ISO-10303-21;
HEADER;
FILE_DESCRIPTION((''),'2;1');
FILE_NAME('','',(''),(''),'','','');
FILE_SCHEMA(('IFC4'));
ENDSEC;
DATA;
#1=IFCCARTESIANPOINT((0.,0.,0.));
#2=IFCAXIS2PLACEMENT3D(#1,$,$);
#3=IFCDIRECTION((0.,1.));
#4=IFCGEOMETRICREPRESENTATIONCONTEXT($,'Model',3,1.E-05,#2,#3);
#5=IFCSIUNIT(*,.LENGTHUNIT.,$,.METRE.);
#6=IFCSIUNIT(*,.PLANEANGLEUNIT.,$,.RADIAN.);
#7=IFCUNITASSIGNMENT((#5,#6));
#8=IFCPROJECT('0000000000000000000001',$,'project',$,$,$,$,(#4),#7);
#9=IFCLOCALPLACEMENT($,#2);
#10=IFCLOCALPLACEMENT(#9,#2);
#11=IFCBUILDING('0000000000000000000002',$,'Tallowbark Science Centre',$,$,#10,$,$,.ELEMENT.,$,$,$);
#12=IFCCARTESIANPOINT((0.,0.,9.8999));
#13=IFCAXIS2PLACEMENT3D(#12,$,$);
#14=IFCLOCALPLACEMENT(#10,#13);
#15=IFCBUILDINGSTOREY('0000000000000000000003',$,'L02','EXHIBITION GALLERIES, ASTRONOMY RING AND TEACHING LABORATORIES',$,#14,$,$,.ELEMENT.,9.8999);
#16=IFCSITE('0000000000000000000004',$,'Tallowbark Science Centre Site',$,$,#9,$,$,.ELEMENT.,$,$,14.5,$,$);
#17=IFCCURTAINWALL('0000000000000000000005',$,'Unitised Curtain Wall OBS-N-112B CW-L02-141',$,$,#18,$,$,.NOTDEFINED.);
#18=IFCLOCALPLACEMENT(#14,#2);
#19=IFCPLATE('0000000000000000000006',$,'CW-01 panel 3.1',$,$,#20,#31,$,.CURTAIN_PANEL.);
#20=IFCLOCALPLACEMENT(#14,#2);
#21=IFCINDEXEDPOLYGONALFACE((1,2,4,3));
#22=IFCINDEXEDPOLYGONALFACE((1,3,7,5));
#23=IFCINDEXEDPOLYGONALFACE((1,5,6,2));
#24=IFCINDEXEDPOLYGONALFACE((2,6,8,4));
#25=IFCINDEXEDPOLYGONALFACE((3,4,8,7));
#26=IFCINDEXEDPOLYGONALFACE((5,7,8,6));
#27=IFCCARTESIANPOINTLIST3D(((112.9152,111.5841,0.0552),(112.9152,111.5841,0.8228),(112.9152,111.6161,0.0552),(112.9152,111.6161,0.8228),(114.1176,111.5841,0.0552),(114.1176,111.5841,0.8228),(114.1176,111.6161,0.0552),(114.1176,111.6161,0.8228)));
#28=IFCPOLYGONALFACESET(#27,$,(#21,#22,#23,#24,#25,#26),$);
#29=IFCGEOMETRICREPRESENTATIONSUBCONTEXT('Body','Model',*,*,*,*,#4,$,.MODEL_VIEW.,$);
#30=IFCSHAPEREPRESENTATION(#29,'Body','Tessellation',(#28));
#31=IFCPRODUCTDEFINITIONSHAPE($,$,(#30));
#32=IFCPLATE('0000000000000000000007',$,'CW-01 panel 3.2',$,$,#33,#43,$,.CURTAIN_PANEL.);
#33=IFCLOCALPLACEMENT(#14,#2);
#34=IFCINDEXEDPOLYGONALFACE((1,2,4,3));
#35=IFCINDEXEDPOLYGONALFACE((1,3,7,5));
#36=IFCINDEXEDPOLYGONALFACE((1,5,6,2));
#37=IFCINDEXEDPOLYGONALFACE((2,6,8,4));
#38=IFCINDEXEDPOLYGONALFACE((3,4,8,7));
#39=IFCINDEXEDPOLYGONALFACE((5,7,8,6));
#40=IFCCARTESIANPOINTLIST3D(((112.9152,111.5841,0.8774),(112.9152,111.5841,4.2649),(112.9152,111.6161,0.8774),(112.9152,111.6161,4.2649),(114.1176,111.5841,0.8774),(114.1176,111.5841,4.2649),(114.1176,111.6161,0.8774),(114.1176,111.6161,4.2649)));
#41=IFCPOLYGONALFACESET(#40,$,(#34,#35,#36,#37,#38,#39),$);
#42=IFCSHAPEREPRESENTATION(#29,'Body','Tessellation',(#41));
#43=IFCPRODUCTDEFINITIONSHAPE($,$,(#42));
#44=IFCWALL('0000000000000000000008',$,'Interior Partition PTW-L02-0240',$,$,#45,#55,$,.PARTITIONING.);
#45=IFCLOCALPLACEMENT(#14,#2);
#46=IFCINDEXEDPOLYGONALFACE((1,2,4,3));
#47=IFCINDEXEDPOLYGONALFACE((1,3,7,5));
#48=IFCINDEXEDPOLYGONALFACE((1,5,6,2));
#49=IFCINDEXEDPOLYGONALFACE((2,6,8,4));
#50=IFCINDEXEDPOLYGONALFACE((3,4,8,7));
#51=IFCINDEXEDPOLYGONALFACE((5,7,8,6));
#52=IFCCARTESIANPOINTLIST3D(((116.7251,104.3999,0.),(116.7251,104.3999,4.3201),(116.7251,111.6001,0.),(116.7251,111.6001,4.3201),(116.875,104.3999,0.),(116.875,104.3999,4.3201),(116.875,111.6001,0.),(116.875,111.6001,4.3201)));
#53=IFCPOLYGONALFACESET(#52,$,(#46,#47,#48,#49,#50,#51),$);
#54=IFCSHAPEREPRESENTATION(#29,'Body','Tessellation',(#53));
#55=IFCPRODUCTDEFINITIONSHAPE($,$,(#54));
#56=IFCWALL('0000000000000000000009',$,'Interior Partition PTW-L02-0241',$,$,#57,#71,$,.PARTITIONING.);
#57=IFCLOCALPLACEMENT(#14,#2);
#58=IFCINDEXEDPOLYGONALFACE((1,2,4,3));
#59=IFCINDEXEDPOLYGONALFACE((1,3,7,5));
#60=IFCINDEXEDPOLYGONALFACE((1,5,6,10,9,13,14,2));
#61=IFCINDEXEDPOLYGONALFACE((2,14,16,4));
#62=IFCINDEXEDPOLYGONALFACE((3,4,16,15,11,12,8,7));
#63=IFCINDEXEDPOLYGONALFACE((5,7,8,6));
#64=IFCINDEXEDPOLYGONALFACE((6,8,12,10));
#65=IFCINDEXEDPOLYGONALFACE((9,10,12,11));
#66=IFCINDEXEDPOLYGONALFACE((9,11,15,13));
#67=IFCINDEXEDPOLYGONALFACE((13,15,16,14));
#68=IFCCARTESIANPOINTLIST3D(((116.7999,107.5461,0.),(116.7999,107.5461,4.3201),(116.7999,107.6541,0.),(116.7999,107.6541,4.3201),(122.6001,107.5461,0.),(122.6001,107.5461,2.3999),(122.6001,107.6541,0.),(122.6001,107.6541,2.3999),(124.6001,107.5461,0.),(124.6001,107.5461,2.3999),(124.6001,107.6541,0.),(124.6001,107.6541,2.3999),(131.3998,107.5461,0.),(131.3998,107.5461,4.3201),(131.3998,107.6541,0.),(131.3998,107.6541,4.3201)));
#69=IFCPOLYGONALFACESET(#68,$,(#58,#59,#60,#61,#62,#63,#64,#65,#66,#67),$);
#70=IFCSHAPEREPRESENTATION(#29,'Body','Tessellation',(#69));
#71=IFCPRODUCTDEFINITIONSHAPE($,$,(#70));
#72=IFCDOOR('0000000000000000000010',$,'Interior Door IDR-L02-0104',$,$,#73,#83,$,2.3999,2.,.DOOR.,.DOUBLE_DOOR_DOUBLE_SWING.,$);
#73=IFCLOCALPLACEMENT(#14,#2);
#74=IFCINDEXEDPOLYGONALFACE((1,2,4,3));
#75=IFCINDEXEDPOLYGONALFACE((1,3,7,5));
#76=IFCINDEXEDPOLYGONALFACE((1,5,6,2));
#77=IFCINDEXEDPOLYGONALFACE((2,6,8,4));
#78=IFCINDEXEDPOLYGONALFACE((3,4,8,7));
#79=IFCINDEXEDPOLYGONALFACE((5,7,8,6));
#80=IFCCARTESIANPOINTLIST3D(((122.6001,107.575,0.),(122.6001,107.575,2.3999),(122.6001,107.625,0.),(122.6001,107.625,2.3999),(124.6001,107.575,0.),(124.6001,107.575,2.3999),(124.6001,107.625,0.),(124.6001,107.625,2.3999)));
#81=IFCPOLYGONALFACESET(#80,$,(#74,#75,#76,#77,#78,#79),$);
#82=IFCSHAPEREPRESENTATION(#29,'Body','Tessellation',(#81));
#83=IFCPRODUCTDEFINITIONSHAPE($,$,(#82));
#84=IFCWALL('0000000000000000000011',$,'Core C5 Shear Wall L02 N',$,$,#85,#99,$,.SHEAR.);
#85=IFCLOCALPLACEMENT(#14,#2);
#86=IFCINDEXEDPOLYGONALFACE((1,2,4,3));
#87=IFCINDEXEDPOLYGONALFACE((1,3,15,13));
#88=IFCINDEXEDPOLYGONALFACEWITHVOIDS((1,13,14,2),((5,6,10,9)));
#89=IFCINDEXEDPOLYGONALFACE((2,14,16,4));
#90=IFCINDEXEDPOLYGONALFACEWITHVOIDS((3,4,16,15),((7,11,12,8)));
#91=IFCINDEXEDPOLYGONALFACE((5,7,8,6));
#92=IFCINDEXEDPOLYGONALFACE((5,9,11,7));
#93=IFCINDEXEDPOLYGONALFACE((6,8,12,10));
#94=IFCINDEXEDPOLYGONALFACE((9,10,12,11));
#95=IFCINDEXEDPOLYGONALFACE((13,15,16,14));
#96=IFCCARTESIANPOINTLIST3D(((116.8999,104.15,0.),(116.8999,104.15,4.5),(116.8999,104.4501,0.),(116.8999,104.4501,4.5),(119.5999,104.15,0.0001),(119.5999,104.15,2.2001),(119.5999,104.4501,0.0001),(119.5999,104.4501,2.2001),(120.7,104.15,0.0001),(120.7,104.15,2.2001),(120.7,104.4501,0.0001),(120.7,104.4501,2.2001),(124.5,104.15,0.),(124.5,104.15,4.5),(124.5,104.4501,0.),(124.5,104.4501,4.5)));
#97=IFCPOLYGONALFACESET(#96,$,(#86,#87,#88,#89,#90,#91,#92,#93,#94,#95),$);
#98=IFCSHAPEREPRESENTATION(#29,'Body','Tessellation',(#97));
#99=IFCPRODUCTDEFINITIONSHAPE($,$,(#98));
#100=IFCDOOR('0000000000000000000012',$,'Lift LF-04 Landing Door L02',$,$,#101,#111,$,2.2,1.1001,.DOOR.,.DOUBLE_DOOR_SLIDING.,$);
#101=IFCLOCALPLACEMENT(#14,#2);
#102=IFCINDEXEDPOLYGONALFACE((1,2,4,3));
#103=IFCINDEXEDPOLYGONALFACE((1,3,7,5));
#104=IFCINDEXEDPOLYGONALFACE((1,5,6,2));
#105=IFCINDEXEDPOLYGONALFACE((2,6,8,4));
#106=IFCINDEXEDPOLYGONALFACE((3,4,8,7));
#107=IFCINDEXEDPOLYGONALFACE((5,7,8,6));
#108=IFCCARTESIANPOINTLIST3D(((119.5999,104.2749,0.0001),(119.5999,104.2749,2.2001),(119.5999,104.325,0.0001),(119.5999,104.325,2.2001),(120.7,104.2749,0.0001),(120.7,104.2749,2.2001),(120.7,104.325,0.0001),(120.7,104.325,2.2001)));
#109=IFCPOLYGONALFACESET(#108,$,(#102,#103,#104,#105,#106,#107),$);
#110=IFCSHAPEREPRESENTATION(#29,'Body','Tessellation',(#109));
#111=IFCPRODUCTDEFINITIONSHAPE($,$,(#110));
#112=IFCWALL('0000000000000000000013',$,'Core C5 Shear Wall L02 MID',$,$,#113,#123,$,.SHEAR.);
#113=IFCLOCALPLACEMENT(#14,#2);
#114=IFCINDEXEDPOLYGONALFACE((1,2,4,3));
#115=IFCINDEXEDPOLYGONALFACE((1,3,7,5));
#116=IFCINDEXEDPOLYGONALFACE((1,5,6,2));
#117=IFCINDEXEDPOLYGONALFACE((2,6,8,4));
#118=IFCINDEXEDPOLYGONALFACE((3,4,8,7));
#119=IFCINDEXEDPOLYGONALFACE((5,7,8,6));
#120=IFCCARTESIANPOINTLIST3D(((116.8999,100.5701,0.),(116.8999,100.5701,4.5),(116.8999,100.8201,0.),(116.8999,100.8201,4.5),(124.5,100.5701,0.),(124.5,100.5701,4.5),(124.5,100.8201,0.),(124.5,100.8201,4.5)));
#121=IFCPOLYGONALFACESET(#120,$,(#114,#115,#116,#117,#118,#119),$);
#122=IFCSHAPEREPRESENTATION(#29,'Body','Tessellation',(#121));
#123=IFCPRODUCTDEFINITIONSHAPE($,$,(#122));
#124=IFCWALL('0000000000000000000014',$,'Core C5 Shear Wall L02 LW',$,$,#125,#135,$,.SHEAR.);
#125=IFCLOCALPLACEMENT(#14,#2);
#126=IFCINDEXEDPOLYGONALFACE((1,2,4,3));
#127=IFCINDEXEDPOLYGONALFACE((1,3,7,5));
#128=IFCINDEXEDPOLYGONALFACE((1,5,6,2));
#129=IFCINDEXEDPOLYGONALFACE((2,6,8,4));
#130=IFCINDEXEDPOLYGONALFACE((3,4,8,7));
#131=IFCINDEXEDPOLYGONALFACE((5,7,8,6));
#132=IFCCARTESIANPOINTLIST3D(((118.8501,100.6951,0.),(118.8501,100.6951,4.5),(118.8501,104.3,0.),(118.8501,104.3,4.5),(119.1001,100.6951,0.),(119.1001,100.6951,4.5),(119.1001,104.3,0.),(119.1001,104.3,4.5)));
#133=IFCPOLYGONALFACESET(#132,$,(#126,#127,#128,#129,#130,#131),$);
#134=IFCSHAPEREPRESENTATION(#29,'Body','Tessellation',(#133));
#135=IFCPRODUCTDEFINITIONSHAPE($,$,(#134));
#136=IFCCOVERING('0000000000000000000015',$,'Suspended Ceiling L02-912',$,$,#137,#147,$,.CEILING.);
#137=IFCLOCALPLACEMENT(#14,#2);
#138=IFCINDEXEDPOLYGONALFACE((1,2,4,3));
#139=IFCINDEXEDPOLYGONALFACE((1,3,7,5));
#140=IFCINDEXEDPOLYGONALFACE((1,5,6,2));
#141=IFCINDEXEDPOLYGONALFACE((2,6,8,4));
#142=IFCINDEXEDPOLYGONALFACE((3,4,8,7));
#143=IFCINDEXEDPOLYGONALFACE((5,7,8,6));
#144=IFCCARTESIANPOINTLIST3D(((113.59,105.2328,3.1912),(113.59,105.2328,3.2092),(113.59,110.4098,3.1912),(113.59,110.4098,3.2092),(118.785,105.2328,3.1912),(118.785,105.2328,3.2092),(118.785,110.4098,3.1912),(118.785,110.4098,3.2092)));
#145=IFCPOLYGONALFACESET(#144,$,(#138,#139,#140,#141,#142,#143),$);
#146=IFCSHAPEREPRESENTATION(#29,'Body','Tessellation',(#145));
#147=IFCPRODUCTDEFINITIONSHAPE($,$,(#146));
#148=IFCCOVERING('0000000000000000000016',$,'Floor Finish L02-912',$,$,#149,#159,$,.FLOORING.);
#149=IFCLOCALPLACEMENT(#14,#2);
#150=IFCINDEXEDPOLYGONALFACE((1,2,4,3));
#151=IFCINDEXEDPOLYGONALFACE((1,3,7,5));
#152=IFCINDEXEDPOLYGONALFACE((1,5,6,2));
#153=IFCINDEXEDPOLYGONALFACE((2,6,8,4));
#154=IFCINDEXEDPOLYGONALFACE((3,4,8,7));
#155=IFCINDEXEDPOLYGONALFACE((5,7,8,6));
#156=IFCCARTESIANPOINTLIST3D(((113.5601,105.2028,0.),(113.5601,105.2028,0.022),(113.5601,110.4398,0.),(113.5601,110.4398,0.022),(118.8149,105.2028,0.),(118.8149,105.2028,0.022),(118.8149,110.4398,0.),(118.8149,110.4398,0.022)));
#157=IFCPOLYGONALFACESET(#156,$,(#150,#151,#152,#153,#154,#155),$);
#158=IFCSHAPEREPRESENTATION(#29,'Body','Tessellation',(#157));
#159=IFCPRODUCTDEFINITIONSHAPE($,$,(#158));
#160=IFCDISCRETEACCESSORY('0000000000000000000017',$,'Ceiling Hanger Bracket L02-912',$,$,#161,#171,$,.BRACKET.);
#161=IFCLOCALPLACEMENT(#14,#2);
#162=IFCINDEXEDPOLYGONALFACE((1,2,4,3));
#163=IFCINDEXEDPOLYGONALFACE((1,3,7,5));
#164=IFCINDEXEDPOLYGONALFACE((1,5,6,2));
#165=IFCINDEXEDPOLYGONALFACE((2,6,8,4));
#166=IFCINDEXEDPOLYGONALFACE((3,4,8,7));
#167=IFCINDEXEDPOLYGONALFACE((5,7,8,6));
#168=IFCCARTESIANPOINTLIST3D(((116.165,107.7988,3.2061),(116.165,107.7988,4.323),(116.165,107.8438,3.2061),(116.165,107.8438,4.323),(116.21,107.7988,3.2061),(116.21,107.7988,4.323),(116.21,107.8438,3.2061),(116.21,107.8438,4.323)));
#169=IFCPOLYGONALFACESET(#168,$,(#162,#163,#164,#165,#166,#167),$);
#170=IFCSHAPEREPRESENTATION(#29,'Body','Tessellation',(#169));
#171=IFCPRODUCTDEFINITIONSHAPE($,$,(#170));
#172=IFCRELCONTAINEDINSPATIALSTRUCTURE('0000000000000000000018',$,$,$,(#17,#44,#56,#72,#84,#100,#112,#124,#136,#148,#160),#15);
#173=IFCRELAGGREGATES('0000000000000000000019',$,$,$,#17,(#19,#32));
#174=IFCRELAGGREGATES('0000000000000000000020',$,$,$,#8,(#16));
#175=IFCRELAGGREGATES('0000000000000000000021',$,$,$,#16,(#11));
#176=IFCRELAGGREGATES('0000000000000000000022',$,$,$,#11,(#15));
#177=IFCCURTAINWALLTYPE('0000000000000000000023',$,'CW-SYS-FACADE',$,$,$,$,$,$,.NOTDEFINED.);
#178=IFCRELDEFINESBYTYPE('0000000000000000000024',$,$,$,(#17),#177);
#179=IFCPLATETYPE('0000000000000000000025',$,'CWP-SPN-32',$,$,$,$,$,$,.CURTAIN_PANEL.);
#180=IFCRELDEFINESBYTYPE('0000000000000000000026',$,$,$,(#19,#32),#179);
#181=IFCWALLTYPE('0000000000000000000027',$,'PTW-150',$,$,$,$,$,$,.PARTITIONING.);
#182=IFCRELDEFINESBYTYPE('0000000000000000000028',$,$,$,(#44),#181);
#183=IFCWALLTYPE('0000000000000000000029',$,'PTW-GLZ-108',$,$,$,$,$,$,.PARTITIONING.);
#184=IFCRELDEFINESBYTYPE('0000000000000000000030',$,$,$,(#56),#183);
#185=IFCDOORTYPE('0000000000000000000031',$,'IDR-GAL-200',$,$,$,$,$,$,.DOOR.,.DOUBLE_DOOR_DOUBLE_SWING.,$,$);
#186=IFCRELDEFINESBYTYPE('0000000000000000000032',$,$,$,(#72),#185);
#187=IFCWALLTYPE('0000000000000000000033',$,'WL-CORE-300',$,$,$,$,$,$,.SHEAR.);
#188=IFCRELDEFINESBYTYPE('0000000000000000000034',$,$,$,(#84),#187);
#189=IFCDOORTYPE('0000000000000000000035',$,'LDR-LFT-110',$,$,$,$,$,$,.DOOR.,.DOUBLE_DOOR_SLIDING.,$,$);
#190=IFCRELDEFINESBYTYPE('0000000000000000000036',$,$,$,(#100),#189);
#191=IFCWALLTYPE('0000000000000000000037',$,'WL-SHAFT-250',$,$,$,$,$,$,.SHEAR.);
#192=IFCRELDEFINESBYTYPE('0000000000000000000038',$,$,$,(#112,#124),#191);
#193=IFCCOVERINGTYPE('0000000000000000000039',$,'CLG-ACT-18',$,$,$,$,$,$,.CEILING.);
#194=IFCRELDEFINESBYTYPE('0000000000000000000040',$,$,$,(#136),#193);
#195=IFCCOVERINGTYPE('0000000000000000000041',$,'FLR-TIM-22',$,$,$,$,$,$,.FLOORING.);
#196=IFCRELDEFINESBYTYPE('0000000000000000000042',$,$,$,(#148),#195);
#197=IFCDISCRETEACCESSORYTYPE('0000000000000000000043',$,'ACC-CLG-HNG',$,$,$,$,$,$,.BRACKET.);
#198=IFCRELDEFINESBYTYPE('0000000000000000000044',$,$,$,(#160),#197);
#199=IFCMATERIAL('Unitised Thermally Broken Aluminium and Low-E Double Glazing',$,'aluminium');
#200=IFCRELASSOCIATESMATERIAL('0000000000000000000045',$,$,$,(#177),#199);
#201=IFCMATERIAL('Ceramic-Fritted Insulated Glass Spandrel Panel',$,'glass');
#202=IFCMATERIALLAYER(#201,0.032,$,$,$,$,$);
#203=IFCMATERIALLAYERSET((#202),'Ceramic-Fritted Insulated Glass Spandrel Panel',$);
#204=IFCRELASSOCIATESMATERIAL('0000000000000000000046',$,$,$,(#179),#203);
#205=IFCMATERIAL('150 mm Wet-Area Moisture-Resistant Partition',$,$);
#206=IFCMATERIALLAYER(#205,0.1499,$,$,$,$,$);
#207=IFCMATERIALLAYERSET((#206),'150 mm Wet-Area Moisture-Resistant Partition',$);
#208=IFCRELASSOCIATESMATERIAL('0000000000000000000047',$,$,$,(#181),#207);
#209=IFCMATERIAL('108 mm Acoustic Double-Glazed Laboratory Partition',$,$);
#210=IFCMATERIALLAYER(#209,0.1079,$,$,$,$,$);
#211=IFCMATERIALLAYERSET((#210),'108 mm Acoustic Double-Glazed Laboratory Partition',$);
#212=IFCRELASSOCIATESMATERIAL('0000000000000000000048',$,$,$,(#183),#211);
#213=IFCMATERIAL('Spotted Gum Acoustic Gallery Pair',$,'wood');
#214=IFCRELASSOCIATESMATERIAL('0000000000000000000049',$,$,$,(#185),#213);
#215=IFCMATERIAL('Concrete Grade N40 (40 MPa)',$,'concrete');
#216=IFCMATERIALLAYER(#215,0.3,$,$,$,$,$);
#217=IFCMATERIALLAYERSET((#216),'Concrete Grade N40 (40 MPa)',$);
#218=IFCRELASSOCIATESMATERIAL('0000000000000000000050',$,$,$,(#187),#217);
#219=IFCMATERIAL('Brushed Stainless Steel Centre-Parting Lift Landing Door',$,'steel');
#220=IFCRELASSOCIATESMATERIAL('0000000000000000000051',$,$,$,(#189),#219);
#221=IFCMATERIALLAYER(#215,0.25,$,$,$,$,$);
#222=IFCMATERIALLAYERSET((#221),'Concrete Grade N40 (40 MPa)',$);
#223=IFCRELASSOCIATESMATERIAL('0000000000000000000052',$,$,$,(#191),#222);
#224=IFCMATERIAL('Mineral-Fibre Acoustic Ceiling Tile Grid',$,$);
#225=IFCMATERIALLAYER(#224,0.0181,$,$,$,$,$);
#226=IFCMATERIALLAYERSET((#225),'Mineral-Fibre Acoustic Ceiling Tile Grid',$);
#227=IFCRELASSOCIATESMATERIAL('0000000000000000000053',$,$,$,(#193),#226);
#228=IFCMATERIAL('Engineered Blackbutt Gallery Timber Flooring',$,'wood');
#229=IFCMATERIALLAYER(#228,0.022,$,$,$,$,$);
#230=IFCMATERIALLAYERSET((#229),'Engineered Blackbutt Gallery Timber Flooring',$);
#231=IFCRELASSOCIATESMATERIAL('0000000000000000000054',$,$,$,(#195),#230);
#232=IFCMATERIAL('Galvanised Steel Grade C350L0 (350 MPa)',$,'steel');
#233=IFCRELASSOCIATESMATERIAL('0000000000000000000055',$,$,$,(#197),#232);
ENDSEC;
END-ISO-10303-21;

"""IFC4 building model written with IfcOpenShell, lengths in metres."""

from ifc_helpers import new_model, si_unit, direction, frame, frame_2d, origin, origin_2d, place, context, subcontext, project, spatial, rectangle, extrude, material, layer, layer_set, type_object, element, fill, aggregate, save


model = new_model("IFC4")

# Units and contexts
model_context = context("Model", 3, precision=1e-05, world=origin(), true_north=direction((0.0, 1.0)))
body_context = subcontext(model_context, "Body", "Model", "MODEL_VIEW")
ifc_project = project(units=[si_unit("LENGTHUNIT", "METRE"), si_unit("PLANEANGLEUNIT", "RADIAN")], contexts=[model_context])

# Site, building, storey
site_placement = place(None, origin())
site = spatial("IfcSite", under=ifc_project, at=site_placement, Name="Tallowbark Science Centre Site", CompositionType="ELEMENT", RefElevation=14.5)
building_placement = place(site_placement, origin())
building = spatial("IfcBuilding", under=site, at=building_placement, Name="Tallowbark Science Centre", CompositionType="ELEMENT")
storey_placement = place(building_placement, frame((0.0, 0.0, 9.8999)))
storey = spatial("IfcBuildingStorey", under=building, at=storey_placement, Name="L02", Description="EXHIBITION GALLERIES, ASTRONOMY RING AND TEACHING LABORATORIES", CompositionType="ELEMENT", Elevation=9.8999)

# Curtain wall, plates
ifc_material_1 = material(Name="Unitised Thermally Broken Aluminium and Low-E Double Glazing", Category="aluminium")
curtain_wall_type = type_object("IfcCurtainWallType", Name="CW-SYS-FACADE", PredefinedType="NOTDEFINED", material=ifc_material_1)
curtain_wall_placement = place(storey_placement, origin())
curtain_wall = element("IfcCurtainWall", 1, at=curtain_wall_placement, inside=storey, type_object=curtain_wall_type, Name="Unitised Curtain Wall OBS-N-112B CW-L02-141", PredefinedType="NOTDEFINED")
ifc_material_2 = material(Name="Ceramic-Fritted Insulated Glass Spandrel Panel", Category="glass")
ifc_layer_1 = layer(ifc_material_2, 0.032)
ifc_layer_set_1 = layer_set([ifc_layer_1], Name="Ceramic-Fritted Insulated Glass Spandrel Panel")
plate_type = type_object("IfcPlateType", Name="CWP-SPN-32", PredefinedType="CURTAIN_PANEL", material=ifc_layer_set_1)
plate_1_placement = place(storey_placement, frame((113.5164, 111.6001, 0.0552), z_axis=(0.0, 0.0, 1.0), x_axis=(-1.0, 0.0, 0.0)))
plate_1 = element("IfcPlate", 2, at=plate_1_placement, type_object=plate_type, Name="CW-01 panel 3.1", PredefinedType="CURTAIN_PANEL", context=body_context, shape_type="SweptSolid", body=[
    extrude(rectangle(XDim=1.2024, YDim=0.032, at=origin_2d()), origin(), (0.0, 0.0, 1.0), 0.7676),
])
plate_2_placement = place(storey_placement, frame((113.5164, 111.6001, 0.8774), z_axis=(0.0, 0.0, 1.0), x_axis=(-1.0, 0.0, 0.0)))
plate_2 = element("IfcPlate", 3, at=plate_2_placement, type_object=plate_type, Name="CW-01 panel 3.2", PredefinedType="CURTAIN_PANEL", context=body_context, shape_type="SweptSolid", body=[
    extrude(rectangle(XDim=1.2024, YDim=0.032, at=origin_2d()), origin(), (0.0, 0.0, 1.0), 3.3875),
])
aggregate(curtain_wall, [plate_1, plate_2])

# Wall
ifc_material_3 = material(Name="150 mm Wet-Area Moisture-Resistant Partition")
ifc_layer_2 = layer(ifc_material_3, 0.1499)
ifc_layer_set_2 = layer_set([ifc_layer_2], Name="150 mm Wet-Area Moisture-Resistant Partition")
wall_type_1 = type_object("IfcWallType", Name="PTW-150", PredefinedType="PARTITIONING", material=ifc_layer_set_2)
wall_1_placement = place(storey_placement, frame((116.8, 104.3999, 0.0), z_axis=(0.0, 0.0, 1.0), x_axis=(0.0, 1.0, 0.0)))
element("IfcWall", 4, at=wall_1_placement, inside=storey, type_object=wall_type_1, Name="Interior Partition PTW-L02-0240", PredefinedType="PARTITIONING", context=body_context, shape_type="SweptSolid", body=[
    extrude(rectangle(XDim=7.2002, YDim=0.1499, at=frame_2d((3.6001, 0.0))), origin(), (0.0, 0.0, 1.0), 4.3201),
])

# Walls, openings, doors
ifc_material_4 = material(Name="108 mm Acoustic Double-Glazed Laboratory Partition")
ifc_layer_3 = layer(ifc_material_4, 0.1079)
ifc_layer_set_3 = layer_set([ifc_layer_3], Name="108 mm Acoustic Double-Glazed Laboratory Partition")
wall_type_2 = type_object("IfcWallType", Name="PTW-GLZ-108", PredefinedType="PARTITIONING", material=ifc_layer_set_3)
wall_2_placement = place(storey_placement, frame((116.8, 107.6001, 0.0), z_axis=(0.0, 0.0, 1.0), x_axis=(1.0, 0.0, 0.0)))
wall_2 = element("IfcWall", 5, at=wall_2_placement, inside=storey, type_object=wall_type_2, Name="Interior Partition PTW-L02-0241", PredefinedType="PARTITIONING", context=body_context, shape_type="SweptSolid", body=[
    extrude(rectangle(XDim=14.5999, YDim=0.1079, at=frame_2d((7.2998, 0.0))), origin(), (0.0, 0.0, 1.0), 4.3201),
])
opening_1_placement = place(wall_2_placement, frame((5.8, 0.0, 0.0)))
opening_1 = element("IfcOpeningElement", 6, at=opening_1_placement, cuts=wall_2, PredefinedType="OPENING", context=body_context, shape_type="SweptSolid", body=[
    extrude(rectangle(XDim=2.0, YDim=2.3999, at=frame_2d((1.0, 1.2))), frame((0.0, 0.064, 0.0), z_axis=(0.0, -1.0, 0.0), x_axis=(1.0, 0.0, 0.0)), (0.0, 0.0, 1.0), 0.1279),
])
ifc_material_5 = material(Name="Spotted Gum Acoustic Gallery Pair", Category="wood")
door_type_1 = type_object("IfcDoorType", Name="IDR-GAL-200", OperationType="DOUBLE_DOOR_DOUBLE_SWING", PredefinedType="DOOR", material=ifc_material_5)
door_1_placement = place(opening_1_placement, origin())
door_1 = element("IfcDoor", 7, at=door_1_placement, inside=storey, type_object=door_type_1, Name="Interior Door IDR-L02-0104", OperationType="DOUBLE_DOOR_DOUBLE_SWING", OverallHeight=2.3999, OverallWidth=2.0, PredefinedType="DOOR", context=body_context, shape_type="SweptSolid", body=[
    extrude(rectangle(XDim=2.0, YDim=2.3999, at=frame_2d((1.0, 1.2))), frame((0.0, 0.0249, 0.0), z_axis=(0.0, -1.0, 0.0), x_axis=(1.0, 0.0, 0.0)), (0.0, 0.0, 1.0), 0.05),
])
fill(opening_1, door_1)
ifc_material_6 = material(Name="Concrete Grade N40 (40 MPa)", Category="concrete")
ifc_layer_4 = layer(ifc_material_6, 0.3)
ifc_layer_set_4 = layer_set([ifc_layer_4], Name="Concrete Grade N40 (40 MPa)")
wall_type_3 = type_object("IfcWallType", Name="WL-CORE-300", PredefinedType="SHEAR", material=ifc_layer_set_4)
wall_3_placement = place(storey_placement, frame((116.8999, 104.3, 0.0), z_axis=(0.0, 0.0, 1.0), x_axis=(1.0, 0.0, 0.0)))
wall_3 = element("IfcWall", 8, at=wall_3_placement, inside=storey, type_object=wall_type_3, Name="Core C5 Shear Wall L02 N", PredefinedType="SHEAR", context=body_context, shape_type="SweptSolid", body=[
    extrude(rectangle(XDim=7.6001, YDim=0.3, at=frame_2d((3.8, 0.0))), origin(), (0.0, 0.0, 1.0), 4.5),
])
opening_2_placement = place(wall_3_placement, frame((2.7, 0.0, 0.0)))
opening_2 = element("IfcOpeningElement", 9, at=opening_2_placement, cuts=wall_3, PredefinedType="OPENING", context=body_context, shape_type="SweptSolid", body=[
    extrude(rectangle(XDim=1.1001, YDim=2.2, at=frame_2d((0.55, 1.1001))), frame((0.0, 0.1602, 0.0), z_axis=(0.0, -1.0, 0.0), x_axis=(1.0, 0.0, 0.0)), (0.0, 0.0, 1.0), 0.3201),
])
ifc_material_7 = material(Name="Brushed Stainless Steel Centre-Parting Lift Landing Door", Category="steel")
door_type_2 = type_object("IfcDoorType", Name="LDR-LFT-110", OperationType="DOUBLE_DOOR_SLIDING", PredefinedType="DOOR", material=ifc_material_7)
door_2_placement = place(opening_2_placement, origin())
door_2 = element("IfcDoor", 10, at=door_2_placement, inside=storey, type_object=door_type_2, Name="Lift LF-04 Landing Door L02", OperationType="DOUBLE_DOOR_SLIDING", OverallHeight=2.2, OverallWidth=1.1001, PredefinedType="DOOR", context=body_context, shape_type="SweptSolid", body=[
    extrude(rectangle(XDim=1.1001, YDim=2.2, at=frame_2d((0.55, 1.1001))), frame((0.0, 0.0249, 0.0), z_axis=(0.0, -1.0, 0.0), x_axis=(1.0, 0.0, 0.0)), (0.0, 0.0, 1.0), 0.05),
])
fill(opening_2, door_2)

# Walls
ifc_layer_5 = layer(ifc_material_6, 0.25)
ifc_layer_set_5 = layer_set([ifc_layer_5], Name="Concrete Grade N40 (40 MPa)")
wall_type_4 = type_object("IfcWallType", Name="WL-SHAFT-250", PredefinedType="SHEAR", material=ifc_layer_set_5)
wall_4_placement = place(storey_placement, frame((116.8999, 100.6951, 0.0), z_axis=(0.0, 0.0, 1.0), x_axis=(1.0, 0.0, 0.0)))
element("IfcWall", 11, at=wall_4_placement, inside=storey, type_object=wall_type_4, Name="Core C5 Shear Wall L02 MID", PredefinedType="SHEAR", context=body_context, shape_type="SweptSolid", body=[
    extrude(rectangle(XDim=7.6001, YDim=0.25, at=frame_2d((3.8, 0.0))), origin(), (0.0, 0.0, 1.0), 4.5),
])
wall_5_placement = place(storey_placement, frame((118.9751, 100.6951, 0.0), z_axis=(0.0, 0.0, 1.0), x_axis=(0.0, 1.0, 0.0)))
element("IfcWall", 12, at=wall_5_placement, inside=storey, type_object=wall_type_4, Name="Core C5 Shear Wall L02 LW", PredefinedType="SHEAR", context=body_context, shape_type="SweptSolid", body=[
    extrude(rectangle(XDim=3.605, YDim=0.25, at=frame_2d((1.8025, 0.0))), origin(), (0.0, 0.0, 1.0), 4.5),
])

# Coverings
ifc_material_8 = material(Name="Mineral-Fibre Acoustic Ceiling Tile Grid")
ifc_layer_6 = layer(ifc_material_8, 0.0181)
ifc_layer_set_6 = layer_set([ifc_layer_6], Name="Mineral-Fibre Acoustic Ceiling Tile Grid")
covering_type_1 = type_object("IfcCoveringType", Name="CLG-ACT-18", PredefinedType="CEILING", material=ifc_layer_set_6)
covering_1_placement = place(storey_placement, frame((116.1875, 107.8213, 3.1912), z_axis=(0.0, 0.0, 1.0), x_axis=(1.0, 0.0, 0.0)))
element("IfcCovering", 13, at=covering_1_placement, inside=storey, type_object=covering_type_1, Name="Suspended Ceiling L02-912", PredefinedType="CEILING", context=body_context, shape_type="SweptSolid", body=[
    extrude(rectangle(XDim=5.1951, YDim=5.177, at=origin_2d()), origin(), (0.0, 0.0, 1.0), 0.0181),
])
ifc_material_9 = material(Name="Engineered Blackbutt Gallery Timber Flooring", Category="wood")
ifc_layer_7 = layer(ifc_material_9, 0.022)
ifc_layer_set_7 = layer_set([ifc_layer_7], Name="Engineered Blackbutt Gallery Timber Flooring")
covering_type_2 = type_object("IfcCoveringType", Name="FLR-TIM-22", PredefinedType="FLOORING", material=ifc_layer_set_7)
covering_2_placement = place(storey_placement, frame((116.1875, 107.8213, 0.0), z_axis=(0.0, 0.0, 1.0), x_axis=(1.0, 0.0, 0.0)))
element("IfcCovering", 14, at=covering_2_placement, inside=storey, type_object=covering_type_2, Name="Floor Finish L02-912", PredefinedType="FLOORING", context=body_context, shape_type="SweptSolid", body=[
    extrude(rectangle(XDim=5.2549, YDim=5.2371, at=origin_2d()), origin(), (0.0, 0.0, 1.0), 0.022),
])

# Discrete accessory
ifc_material_10 = material(Name="Galvanised Steel Grade C350L0 (350 MPa)", Category="steel")
discrete_accessory_type = type_object("IfcDiscreteAccessoryType", Name="ACC-CLG-HNG", PredefinedType="BRACKET", material=ifc_material_10)
discrete_accessory_placement = place(storey_placement, frame((116.1875, 107.8213, 3.2061), z_axis=(0.0, 0.0, 1.0), x_axis=(1.0, 0.0, 0.0)))
element("IfcDiscreteAccessory", 15, at=discrete_accessory_placement, inside=storey, type_object=discrete_accessory_type, Name="Ceiling Hanger Bracket L02-912", PredefinedType="BRACKET", context=body_context, shape_type="SweptSolid", body=[
    extrude(rectangle(XDim=0.0449, YDim=0.0449, at=origin_2d()), origin(), (0.0, 0.0, 1.0), 1.1169),
])

save(model, "model.ifc")
